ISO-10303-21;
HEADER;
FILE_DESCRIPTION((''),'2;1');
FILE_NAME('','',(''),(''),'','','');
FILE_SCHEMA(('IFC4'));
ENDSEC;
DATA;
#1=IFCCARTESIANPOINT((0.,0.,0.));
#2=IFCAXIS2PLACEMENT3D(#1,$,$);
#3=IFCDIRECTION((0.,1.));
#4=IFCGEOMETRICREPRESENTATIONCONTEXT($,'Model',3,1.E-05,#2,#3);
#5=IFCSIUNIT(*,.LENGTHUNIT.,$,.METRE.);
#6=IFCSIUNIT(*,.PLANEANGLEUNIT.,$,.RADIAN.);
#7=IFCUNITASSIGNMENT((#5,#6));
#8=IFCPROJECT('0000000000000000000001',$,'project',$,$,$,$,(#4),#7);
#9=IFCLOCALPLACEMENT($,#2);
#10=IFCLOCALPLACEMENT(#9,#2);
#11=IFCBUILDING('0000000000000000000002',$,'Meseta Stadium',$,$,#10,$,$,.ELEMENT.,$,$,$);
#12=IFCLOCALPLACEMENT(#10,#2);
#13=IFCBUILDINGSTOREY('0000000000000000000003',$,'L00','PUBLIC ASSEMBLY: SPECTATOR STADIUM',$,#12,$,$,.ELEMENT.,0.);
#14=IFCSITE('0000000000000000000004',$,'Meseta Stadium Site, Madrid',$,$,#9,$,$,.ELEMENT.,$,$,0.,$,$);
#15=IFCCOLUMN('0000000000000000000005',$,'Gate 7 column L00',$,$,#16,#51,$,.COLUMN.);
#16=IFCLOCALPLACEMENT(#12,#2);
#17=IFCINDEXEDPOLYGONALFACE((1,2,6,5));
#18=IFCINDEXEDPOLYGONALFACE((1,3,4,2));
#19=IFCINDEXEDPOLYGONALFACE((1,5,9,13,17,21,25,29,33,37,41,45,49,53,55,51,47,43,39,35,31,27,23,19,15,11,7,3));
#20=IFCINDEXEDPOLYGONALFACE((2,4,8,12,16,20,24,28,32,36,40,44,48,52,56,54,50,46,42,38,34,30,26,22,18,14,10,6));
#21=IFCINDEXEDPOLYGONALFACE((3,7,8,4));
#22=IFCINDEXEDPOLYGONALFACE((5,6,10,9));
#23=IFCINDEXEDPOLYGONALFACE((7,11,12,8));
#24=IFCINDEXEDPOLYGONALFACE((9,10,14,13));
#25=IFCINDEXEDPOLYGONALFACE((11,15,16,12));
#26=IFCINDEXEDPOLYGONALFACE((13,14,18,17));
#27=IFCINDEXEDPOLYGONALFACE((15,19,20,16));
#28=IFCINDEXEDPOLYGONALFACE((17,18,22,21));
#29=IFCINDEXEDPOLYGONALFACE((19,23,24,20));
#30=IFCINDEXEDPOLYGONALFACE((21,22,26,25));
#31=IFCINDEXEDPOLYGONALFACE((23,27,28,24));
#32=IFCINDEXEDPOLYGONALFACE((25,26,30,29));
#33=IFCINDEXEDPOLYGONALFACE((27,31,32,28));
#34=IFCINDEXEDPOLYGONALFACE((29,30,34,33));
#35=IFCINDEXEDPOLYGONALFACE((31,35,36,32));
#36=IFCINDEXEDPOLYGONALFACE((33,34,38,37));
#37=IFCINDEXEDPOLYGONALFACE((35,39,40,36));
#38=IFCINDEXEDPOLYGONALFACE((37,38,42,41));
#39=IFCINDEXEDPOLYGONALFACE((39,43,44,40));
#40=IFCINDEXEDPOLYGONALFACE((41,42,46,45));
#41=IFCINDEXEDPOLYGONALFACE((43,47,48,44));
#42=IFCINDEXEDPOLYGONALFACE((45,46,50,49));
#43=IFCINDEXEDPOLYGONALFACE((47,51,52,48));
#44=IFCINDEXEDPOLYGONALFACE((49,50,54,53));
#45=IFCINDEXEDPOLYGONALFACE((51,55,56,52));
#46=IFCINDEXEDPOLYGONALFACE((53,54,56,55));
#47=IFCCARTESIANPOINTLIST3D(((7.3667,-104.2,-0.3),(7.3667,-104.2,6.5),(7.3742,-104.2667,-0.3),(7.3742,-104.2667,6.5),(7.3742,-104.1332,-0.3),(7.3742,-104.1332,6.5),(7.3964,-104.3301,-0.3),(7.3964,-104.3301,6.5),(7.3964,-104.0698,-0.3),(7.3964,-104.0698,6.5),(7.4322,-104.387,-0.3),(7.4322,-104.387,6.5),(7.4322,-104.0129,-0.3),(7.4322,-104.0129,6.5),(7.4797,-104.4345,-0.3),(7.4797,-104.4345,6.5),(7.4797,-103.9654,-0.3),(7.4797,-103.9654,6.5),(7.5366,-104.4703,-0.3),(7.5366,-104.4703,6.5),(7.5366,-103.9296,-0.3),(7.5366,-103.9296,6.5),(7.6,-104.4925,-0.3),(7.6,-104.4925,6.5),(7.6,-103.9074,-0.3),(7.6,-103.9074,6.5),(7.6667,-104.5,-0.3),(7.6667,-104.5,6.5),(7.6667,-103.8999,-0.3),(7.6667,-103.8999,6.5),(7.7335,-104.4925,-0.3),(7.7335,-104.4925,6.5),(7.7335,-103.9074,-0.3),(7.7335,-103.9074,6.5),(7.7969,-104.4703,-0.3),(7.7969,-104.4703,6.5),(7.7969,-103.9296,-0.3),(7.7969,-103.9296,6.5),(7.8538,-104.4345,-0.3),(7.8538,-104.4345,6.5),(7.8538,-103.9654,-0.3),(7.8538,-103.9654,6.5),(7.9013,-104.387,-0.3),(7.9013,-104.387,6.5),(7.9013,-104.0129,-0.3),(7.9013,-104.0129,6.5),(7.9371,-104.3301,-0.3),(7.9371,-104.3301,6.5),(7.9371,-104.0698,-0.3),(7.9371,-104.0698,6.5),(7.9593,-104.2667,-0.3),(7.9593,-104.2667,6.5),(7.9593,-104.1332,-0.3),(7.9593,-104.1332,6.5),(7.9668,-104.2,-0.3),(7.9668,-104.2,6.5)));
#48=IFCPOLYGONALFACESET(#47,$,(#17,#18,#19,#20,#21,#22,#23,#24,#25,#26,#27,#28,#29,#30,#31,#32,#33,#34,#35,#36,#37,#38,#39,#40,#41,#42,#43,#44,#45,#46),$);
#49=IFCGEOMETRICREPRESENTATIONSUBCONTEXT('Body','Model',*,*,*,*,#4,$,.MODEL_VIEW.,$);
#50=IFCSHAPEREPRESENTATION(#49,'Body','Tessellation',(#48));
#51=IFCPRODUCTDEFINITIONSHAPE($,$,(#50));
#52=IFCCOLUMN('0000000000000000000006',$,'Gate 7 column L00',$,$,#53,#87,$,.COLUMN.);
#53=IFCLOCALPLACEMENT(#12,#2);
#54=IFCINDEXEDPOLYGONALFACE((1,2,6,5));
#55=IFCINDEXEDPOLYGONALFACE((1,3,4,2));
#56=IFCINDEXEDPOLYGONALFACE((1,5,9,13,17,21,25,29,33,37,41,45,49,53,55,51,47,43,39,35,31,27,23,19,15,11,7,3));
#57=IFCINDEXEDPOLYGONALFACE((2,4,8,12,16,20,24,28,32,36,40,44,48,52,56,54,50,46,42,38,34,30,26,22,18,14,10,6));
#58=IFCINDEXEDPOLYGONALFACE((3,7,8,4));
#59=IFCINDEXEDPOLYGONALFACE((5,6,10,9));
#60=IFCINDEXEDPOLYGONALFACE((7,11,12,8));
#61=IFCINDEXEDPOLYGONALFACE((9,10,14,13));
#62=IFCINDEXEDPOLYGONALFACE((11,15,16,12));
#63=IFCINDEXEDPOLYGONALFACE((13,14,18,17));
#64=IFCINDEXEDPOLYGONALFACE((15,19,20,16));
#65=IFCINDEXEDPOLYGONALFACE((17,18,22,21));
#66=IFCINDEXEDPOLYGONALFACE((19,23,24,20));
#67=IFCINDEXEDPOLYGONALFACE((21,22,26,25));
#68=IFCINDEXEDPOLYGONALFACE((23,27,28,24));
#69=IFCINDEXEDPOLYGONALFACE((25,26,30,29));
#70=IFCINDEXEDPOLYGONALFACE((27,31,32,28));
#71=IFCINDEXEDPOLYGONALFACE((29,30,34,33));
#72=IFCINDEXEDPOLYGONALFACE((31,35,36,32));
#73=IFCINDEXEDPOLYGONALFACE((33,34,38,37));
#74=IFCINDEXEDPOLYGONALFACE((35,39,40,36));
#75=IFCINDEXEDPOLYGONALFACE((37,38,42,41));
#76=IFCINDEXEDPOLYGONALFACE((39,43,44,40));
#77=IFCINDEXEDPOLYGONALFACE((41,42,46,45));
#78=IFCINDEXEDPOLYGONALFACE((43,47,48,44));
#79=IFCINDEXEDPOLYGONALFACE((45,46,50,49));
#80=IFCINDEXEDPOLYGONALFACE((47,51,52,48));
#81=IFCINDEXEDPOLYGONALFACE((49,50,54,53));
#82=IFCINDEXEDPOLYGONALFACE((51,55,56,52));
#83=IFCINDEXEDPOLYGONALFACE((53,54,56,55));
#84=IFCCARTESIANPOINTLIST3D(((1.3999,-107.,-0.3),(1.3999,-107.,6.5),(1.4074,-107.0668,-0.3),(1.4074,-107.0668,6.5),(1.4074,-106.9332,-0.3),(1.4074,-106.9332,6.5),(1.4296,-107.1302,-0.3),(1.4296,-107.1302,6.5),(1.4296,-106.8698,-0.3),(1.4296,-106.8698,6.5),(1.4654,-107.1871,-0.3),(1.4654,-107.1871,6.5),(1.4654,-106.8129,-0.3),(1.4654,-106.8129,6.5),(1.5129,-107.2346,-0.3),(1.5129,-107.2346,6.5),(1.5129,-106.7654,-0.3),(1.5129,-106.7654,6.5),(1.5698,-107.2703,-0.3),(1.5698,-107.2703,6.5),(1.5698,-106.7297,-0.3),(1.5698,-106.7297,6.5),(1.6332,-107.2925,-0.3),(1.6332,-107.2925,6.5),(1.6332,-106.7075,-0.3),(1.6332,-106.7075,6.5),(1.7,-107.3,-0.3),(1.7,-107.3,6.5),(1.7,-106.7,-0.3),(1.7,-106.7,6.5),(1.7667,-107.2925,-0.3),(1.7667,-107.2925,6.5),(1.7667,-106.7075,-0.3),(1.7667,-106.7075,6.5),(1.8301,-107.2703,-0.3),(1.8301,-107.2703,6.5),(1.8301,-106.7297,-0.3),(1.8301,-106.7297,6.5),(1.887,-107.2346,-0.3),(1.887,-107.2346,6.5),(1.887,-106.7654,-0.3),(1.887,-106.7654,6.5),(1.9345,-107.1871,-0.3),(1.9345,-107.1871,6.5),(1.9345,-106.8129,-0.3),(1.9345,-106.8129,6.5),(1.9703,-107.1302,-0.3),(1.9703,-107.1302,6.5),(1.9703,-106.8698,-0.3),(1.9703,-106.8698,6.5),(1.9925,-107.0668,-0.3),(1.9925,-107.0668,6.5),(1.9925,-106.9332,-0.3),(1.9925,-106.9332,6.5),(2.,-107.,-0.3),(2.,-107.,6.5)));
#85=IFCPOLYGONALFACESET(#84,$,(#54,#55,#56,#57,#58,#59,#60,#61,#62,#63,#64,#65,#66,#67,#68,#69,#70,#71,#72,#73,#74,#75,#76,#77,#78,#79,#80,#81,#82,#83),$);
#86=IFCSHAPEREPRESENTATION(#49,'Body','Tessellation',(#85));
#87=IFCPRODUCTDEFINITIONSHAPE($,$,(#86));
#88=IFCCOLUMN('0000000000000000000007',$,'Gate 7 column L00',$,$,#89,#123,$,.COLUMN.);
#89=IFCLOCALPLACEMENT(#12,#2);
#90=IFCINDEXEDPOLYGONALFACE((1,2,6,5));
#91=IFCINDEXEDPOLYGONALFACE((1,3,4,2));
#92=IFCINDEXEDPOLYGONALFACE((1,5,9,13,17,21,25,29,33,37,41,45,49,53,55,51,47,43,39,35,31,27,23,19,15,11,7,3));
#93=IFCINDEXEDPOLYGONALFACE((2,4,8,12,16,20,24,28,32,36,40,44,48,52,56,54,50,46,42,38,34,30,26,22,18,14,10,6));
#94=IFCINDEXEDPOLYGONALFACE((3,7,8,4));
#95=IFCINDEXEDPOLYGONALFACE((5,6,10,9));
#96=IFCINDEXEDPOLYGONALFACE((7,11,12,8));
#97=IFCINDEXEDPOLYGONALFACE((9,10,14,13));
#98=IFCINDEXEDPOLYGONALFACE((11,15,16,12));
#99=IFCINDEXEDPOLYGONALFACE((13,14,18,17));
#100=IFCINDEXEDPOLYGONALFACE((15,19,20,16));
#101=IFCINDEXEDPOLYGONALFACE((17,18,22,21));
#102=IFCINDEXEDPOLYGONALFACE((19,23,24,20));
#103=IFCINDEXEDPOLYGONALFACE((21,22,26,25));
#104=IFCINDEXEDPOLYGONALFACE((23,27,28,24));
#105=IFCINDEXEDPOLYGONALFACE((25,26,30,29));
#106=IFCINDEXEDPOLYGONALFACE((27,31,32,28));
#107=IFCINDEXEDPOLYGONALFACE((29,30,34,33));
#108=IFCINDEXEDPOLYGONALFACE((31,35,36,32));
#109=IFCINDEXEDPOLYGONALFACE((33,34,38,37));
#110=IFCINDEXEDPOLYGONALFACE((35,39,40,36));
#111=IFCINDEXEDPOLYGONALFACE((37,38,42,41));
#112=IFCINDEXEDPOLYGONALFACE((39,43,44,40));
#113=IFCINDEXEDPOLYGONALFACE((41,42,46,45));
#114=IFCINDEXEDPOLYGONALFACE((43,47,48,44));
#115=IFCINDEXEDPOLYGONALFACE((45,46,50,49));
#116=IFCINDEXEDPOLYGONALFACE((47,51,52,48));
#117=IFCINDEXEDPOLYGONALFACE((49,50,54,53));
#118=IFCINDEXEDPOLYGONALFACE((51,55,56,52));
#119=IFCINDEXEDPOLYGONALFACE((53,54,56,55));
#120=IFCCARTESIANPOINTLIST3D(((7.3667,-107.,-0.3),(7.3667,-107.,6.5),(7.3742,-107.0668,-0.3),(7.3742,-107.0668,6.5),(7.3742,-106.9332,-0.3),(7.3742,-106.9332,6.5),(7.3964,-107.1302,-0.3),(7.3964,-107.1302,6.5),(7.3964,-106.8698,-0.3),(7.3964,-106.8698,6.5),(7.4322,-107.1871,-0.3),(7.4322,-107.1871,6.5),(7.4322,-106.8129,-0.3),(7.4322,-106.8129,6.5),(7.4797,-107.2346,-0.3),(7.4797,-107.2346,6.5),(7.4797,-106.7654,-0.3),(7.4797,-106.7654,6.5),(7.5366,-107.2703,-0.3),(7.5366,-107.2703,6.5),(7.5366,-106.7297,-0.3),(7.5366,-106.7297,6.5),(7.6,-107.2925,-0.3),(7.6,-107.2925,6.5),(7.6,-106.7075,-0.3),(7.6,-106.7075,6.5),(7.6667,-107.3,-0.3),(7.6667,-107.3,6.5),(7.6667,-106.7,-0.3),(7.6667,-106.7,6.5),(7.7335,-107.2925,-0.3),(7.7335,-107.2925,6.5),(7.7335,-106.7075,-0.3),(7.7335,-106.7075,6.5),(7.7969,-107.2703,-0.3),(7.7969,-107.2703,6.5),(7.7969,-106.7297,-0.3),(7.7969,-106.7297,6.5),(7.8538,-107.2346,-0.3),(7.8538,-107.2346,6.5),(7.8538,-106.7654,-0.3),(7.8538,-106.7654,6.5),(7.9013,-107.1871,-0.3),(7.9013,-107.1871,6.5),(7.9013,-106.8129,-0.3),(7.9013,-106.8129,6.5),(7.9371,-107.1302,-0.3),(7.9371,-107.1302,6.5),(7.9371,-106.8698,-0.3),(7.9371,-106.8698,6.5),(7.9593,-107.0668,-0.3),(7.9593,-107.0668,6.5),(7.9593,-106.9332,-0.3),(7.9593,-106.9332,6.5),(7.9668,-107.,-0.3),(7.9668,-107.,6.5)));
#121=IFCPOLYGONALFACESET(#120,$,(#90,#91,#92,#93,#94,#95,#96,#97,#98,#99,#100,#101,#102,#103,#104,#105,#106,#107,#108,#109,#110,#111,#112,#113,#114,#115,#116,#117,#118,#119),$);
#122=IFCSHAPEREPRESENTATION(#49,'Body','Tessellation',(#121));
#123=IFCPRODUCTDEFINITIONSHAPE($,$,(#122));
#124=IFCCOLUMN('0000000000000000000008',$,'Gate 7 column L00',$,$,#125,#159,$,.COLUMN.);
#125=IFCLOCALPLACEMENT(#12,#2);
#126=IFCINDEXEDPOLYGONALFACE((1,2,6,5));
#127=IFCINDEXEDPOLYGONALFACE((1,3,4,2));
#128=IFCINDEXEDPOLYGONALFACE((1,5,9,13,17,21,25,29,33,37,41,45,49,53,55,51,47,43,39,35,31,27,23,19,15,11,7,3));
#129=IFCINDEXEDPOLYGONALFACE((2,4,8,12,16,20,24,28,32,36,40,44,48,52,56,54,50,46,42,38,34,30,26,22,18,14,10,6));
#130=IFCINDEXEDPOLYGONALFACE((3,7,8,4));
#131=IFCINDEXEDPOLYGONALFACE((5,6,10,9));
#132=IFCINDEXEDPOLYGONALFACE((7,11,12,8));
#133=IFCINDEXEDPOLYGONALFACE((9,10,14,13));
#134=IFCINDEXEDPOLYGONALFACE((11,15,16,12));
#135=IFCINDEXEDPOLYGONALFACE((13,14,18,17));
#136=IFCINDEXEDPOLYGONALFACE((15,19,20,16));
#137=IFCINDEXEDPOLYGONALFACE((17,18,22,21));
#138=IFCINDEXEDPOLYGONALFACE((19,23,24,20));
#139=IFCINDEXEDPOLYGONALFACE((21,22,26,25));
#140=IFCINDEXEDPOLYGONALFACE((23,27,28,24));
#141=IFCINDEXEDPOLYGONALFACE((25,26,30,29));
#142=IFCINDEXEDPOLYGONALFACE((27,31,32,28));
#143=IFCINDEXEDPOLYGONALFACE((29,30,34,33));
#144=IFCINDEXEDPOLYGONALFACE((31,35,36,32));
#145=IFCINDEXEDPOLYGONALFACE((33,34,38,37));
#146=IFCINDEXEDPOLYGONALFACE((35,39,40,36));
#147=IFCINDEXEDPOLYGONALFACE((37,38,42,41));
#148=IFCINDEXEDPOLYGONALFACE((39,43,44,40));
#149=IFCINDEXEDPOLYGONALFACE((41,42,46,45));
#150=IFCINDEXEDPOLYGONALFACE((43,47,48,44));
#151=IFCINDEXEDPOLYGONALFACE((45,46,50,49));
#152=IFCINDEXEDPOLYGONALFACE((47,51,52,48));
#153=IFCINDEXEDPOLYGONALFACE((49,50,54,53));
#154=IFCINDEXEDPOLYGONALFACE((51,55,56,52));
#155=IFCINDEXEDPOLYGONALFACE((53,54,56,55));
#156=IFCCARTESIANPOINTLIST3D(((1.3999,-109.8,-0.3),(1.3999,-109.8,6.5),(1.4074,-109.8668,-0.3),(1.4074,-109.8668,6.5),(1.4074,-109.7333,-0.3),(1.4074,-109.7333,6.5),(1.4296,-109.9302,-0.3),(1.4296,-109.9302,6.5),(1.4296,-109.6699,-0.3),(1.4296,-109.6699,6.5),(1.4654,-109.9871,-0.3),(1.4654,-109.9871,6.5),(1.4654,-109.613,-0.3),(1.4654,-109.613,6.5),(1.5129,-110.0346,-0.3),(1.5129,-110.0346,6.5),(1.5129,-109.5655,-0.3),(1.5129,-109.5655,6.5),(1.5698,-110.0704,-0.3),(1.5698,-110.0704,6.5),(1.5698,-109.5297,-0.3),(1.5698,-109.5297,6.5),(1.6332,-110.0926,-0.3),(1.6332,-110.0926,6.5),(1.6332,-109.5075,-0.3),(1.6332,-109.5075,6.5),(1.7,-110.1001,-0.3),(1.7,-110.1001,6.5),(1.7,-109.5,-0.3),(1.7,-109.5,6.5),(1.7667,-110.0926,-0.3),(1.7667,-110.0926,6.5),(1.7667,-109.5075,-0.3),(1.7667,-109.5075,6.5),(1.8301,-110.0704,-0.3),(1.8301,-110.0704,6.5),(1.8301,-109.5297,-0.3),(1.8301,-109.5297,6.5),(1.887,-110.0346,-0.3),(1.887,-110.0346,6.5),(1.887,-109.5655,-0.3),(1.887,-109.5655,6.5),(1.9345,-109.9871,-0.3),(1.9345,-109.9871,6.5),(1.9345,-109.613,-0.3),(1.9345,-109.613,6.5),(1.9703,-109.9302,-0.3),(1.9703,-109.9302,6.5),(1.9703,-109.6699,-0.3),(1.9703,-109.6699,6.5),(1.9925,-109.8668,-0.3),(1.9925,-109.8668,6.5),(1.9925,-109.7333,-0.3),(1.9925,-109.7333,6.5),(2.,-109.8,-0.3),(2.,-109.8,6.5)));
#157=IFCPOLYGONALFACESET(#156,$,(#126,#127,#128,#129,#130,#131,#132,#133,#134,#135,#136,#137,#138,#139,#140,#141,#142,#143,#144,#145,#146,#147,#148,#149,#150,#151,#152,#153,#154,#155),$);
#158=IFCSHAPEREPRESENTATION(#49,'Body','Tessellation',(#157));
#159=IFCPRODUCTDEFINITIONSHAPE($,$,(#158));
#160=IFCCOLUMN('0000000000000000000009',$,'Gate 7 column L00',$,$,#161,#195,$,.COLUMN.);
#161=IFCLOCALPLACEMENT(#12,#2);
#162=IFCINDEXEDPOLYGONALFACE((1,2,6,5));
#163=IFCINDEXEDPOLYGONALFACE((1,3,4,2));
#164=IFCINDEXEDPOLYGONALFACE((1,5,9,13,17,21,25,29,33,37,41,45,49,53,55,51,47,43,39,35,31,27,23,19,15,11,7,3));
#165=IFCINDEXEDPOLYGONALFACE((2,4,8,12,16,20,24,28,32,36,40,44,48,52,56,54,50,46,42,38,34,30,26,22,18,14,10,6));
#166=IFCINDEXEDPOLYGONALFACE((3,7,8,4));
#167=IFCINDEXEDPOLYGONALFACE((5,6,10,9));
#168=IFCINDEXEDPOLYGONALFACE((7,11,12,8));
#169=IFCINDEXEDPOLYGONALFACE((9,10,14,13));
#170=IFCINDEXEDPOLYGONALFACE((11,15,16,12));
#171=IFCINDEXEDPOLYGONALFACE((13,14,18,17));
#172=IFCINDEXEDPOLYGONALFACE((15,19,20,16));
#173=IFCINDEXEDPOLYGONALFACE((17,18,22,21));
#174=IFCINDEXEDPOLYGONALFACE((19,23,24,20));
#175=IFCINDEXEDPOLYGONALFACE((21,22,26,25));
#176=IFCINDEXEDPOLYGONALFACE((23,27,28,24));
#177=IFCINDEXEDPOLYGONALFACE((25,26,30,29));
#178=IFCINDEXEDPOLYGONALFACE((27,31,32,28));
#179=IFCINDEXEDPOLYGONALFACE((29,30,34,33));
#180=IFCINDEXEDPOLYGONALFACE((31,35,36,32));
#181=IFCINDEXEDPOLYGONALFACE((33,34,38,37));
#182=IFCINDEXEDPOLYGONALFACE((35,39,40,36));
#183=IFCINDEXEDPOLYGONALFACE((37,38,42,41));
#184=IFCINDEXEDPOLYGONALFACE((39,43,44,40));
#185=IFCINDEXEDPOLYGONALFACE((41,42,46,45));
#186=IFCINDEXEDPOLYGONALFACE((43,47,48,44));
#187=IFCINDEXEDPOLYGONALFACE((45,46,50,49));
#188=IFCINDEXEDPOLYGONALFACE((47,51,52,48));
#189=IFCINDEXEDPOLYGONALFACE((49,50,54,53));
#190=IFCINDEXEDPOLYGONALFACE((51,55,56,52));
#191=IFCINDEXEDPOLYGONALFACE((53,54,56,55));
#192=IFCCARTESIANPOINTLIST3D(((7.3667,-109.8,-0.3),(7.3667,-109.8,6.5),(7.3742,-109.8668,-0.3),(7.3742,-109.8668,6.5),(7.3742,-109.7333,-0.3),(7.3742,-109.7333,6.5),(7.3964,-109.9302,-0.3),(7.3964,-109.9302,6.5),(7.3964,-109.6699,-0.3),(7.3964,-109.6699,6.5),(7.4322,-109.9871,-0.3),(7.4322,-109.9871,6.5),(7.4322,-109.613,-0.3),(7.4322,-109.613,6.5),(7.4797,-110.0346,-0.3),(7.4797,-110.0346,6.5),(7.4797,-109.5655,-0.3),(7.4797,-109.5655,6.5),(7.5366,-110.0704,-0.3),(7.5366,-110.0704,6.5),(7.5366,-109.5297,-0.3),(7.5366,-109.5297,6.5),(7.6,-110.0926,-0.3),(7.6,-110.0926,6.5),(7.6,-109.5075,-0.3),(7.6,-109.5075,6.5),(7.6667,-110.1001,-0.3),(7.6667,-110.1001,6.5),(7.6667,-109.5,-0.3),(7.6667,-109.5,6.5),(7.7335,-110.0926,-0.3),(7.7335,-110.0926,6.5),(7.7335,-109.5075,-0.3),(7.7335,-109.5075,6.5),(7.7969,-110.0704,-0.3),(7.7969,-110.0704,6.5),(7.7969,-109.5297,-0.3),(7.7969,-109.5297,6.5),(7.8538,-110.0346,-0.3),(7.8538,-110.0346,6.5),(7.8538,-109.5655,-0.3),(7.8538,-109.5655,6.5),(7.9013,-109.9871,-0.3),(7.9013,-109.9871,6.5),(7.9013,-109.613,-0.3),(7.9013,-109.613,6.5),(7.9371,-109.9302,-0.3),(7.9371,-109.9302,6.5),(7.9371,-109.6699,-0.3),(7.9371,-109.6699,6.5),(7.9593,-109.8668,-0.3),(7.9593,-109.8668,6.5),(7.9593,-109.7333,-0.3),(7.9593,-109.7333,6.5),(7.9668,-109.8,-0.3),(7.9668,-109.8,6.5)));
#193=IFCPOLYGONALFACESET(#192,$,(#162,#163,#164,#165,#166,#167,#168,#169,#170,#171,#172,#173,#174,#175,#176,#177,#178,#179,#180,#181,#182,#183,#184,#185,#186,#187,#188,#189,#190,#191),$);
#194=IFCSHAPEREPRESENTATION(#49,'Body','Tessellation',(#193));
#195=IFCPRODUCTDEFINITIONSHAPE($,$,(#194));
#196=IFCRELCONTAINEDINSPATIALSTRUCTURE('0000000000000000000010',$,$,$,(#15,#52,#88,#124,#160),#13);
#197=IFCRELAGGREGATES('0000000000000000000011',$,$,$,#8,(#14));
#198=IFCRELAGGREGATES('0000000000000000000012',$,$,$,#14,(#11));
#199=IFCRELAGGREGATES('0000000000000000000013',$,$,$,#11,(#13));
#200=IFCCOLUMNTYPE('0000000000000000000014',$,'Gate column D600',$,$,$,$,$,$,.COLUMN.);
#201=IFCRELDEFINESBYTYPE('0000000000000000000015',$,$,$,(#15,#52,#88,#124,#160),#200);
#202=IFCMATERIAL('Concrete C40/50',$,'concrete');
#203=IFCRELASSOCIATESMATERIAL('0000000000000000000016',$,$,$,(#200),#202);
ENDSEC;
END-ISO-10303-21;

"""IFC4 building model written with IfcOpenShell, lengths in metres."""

from ifc_helpers import new_model, si_unit, direction, frame, origin, origin_2d, place, context, subcontext, project, spatial, circle, extrude, material, material_profile, profile_set, type_object, element, save


model = new_model("IFC4")

# Units and contexts
model_context = context("Model", 3, precision=1e-05, world=origin(), true_north=direction((0.0, 1.0)))
body_context = subcontext(model_context, "Body", "Model", "MODEL_VIEW")
ifc_project = project(units=[si_unit("LENGTHUNIT", "METRE"), si_unit("PLANEANGLEUNIT", "RADIAN")], contexts=[model_context])

# Site, building, storey
site_placement = place(None, origin())
site = spatial("IfcSite", under=ifc_project, at=site_placement, Name="Meseta Stadium Site, Madrid", CompositionType="ELEMENT", RefElevation=0.0)
building_placement = place(site_placement, origin())
building = spatial("IfcBuilding", under=site, at=building_placement, Name="Meseta Stadium", CompositionType="ELEMENT")
storey_placement = place(building_placement, origin())
storey = spatial("IfcBuildingStorey", under=building, at=storey_placement, Name="L00", Description="PUBLIC ASSEMBLY: SPECTATOR STADIUM", CompositionType="ELEMENT", Elevation=0.0)

# Columns
ifc_material_1 = material(Name="Concrete C40/50", Category="concrete")
ifc_material_profile_1 = material_profile(ifc_material_1, circle(Radius=0.3, at=origin_2d()), Name="RC D600")
ifc_profile_set_1 = profile_set([ifc_material_profile_1], Name="Concrete C40/50")
column_type_1 = type_object("IfcColumnType", Name="Gate column D600", PredefinedType="COLUMN", material=ifc_profile_set_1)
for number, where, z_axis, x_axis, name in (
    (1, (7.6667, -104.2, -0.3), (0.0, 0.0, 1.0), (1.0, 0.0, 0.0), "Gate 7 column L00"),
    (2, (1.7, -107.0, -0.3), (0.0, 0.0, 1.0), (1.0, 0.0, 0.0), "Gate 7 column L00"),
    (3, (7.6667, -107.0, -0.3), (0.0, 0.0, 1.0), (1.0, 0.0, 0.0), "Gate 7 column L00"),
    (4, (1.7, -109.8, -0.3), (0.0, 0.0, 1.0), (1.0, 0.0, 0.0), "Gate 7 column L00"),
    (5, (7.6667, -109.8, -0.3), (0.0, 0.0, 1.0), (1.0, 0.0, 0.0), "Gate 7 column L00"),
):
    element("IfcColumn", number, at=place(storey_placement, frame(where, z_axis=z_axis, x_axis=x_axis)), inside=storey, type_object=column_type_1, Name=name, PredefinedType="COLUMN", context=body_context, shape_type="SweptSolid", body=[
        extrude(circle(Radius=0.3, at=origin_2d()), origin(), (0.0, 0.0, 1.0), 6.8),
    ])

save(model, "model.ifc")
